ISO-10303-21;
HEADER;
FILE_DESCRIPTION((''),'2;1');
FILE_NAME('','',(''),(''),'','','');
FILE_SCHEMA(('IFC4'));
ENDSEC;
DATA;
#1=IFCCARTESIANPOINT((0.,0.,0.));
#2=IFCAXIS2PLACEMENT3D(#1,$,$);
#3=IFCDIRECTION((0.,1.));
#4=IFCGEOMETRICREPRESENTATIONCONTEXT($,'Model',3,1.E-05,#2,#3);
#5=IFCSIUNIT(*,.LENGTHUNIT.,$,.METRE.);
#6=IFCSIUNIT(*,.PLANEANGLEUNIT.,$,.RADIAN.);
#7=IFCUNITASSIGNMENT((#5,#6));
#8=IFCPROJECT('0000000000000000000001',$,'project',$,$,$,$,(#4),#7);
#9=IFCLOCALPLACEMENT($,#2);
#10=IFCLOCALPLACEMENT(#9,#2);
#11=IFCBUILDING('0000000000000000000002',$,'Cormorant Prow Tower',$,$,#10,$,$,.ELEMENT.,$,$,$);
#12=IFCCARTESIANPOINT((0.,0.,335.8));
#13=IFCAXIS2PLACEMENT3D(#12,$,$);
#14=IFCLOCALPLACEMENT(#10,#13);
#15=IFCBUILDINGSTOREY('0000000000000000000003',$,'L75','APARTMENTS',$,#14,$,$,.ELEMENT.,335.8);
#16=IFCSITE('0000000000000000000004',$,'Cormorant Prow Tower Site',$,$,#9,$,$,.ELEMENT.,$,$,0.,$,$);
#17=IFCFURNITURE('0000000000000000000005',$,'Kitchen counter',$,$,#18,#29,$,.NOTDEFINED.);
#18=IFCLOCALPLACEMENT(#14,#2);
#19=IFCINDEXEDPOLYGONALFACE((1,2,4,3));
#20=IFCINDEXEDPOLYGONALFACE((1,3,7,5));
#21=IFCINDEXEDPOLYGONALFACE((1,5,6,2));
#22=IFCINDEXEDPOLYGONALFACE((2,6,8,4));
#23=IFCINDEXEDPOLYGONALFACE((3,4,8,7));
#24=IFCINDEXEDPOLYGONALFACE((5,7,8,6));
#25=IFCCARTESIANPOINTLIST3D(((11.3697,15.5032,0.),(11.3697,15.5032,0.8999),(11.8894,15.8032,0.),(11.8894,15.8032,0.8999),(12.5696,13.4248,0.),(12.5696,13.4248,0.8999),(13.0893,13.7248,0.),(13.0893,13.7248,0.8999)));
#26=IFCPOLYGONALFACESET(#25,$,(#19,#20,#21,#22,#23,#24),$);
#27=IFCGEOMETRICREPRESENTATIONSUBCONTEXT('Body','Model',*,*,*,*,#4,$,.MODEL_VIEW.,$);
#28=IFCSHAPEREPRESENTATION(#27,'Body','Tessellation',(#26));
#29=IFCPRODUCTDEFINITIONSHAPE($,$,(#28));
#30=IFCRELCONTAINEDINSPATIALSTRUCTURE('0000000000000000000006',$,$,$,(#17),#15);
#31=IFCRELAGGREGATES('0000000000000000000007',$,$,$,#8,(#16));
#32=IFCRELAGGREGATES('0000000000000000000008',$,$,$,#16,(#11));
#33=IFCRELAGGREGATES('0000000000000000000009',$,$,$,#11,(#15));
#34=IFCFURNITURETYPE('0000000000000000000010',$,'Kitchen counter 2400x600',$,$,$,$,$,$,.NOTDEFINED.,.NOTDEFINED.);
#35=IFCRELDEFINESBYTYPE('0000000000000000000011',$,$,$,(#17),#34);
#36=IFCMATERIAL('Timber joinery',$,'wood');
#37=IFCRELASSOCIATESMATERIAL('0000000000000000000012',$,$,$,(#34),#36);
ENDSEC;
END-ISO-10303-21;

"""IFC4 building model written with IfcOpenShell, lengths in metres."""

from ifc_helpers import new_model, si_unit, direction, frame, origin, origin_2d, place, context, subcontext, project, spatial, rectangle, extrude, material, type_object, element, save


model = new_model("IFC4")

# Units and contexts
model_context = context("Model", 3, precision=1e-05, world=origin(), true_north=direction((0.0, 1.0)))
body_context = subcontext(model_context, "Body", "Model", "MODEL_VIEW")
ifc_project = project(units=[si_unit("LENGTHUNIT", "METRE"), si_unit("PLANEANGLEUNIT", "RADIAN")], contexts=[model_context])

# Site, building, storey
site_placement = place(None, origin())
site = spatial("IfcSite", under=ifc_project, at=site_placement, Name="Cormorant Prow Tower Site", CompositionType="ELEMENT", RefElevation=0.0)
building_placement = place(site_placement, origin())
building = spatial("IfcBuilding", under=site, at=building_placement, Name="Cormorant Prow Tower", CompositionType="ELEMENT")
storey_placement = place(building_placement, frame((0.0, 0.0, 335.8)))
storey = spatial("IfcBuildingStorey", under=building, at=storey_placement, Name="L75", Description="APARTMENTS", CompositionType="ELEMENT", Elevation=335.8)

# Furniture
ifc_material_1 = material(Name="Timber joinery", Category="wood")
furniture_type = type_object("IfcFurnitureType", Name="Kitchen counter 2400x600", AssemblyPlace="NOTDEFINED", PredefinedType="NOTDEFINED", material=ifc_material_1)
furniture_placement = place(storey_placement, frame((12.2295, 14.614, 0.0), z_axis=(0.0, 0.0, 1.0), x_axis=(-0.5, 0.866025, 0.0)))
element("IfcFurniture", 1, at=furniture_placement, inside=storey, type_object=furniture_type, Name="Kitchen counter", PredefinedType="NOTDEFINED", context=body_context, shape_type="SweptSolid", body=[
    extrude(rectangle(XDim=2.3999, YDim=0.6001, at=origin_2d()), origin(), (0.0, 0.0, 1.0), 0.8999),
])

save(model, "model.ifc")
